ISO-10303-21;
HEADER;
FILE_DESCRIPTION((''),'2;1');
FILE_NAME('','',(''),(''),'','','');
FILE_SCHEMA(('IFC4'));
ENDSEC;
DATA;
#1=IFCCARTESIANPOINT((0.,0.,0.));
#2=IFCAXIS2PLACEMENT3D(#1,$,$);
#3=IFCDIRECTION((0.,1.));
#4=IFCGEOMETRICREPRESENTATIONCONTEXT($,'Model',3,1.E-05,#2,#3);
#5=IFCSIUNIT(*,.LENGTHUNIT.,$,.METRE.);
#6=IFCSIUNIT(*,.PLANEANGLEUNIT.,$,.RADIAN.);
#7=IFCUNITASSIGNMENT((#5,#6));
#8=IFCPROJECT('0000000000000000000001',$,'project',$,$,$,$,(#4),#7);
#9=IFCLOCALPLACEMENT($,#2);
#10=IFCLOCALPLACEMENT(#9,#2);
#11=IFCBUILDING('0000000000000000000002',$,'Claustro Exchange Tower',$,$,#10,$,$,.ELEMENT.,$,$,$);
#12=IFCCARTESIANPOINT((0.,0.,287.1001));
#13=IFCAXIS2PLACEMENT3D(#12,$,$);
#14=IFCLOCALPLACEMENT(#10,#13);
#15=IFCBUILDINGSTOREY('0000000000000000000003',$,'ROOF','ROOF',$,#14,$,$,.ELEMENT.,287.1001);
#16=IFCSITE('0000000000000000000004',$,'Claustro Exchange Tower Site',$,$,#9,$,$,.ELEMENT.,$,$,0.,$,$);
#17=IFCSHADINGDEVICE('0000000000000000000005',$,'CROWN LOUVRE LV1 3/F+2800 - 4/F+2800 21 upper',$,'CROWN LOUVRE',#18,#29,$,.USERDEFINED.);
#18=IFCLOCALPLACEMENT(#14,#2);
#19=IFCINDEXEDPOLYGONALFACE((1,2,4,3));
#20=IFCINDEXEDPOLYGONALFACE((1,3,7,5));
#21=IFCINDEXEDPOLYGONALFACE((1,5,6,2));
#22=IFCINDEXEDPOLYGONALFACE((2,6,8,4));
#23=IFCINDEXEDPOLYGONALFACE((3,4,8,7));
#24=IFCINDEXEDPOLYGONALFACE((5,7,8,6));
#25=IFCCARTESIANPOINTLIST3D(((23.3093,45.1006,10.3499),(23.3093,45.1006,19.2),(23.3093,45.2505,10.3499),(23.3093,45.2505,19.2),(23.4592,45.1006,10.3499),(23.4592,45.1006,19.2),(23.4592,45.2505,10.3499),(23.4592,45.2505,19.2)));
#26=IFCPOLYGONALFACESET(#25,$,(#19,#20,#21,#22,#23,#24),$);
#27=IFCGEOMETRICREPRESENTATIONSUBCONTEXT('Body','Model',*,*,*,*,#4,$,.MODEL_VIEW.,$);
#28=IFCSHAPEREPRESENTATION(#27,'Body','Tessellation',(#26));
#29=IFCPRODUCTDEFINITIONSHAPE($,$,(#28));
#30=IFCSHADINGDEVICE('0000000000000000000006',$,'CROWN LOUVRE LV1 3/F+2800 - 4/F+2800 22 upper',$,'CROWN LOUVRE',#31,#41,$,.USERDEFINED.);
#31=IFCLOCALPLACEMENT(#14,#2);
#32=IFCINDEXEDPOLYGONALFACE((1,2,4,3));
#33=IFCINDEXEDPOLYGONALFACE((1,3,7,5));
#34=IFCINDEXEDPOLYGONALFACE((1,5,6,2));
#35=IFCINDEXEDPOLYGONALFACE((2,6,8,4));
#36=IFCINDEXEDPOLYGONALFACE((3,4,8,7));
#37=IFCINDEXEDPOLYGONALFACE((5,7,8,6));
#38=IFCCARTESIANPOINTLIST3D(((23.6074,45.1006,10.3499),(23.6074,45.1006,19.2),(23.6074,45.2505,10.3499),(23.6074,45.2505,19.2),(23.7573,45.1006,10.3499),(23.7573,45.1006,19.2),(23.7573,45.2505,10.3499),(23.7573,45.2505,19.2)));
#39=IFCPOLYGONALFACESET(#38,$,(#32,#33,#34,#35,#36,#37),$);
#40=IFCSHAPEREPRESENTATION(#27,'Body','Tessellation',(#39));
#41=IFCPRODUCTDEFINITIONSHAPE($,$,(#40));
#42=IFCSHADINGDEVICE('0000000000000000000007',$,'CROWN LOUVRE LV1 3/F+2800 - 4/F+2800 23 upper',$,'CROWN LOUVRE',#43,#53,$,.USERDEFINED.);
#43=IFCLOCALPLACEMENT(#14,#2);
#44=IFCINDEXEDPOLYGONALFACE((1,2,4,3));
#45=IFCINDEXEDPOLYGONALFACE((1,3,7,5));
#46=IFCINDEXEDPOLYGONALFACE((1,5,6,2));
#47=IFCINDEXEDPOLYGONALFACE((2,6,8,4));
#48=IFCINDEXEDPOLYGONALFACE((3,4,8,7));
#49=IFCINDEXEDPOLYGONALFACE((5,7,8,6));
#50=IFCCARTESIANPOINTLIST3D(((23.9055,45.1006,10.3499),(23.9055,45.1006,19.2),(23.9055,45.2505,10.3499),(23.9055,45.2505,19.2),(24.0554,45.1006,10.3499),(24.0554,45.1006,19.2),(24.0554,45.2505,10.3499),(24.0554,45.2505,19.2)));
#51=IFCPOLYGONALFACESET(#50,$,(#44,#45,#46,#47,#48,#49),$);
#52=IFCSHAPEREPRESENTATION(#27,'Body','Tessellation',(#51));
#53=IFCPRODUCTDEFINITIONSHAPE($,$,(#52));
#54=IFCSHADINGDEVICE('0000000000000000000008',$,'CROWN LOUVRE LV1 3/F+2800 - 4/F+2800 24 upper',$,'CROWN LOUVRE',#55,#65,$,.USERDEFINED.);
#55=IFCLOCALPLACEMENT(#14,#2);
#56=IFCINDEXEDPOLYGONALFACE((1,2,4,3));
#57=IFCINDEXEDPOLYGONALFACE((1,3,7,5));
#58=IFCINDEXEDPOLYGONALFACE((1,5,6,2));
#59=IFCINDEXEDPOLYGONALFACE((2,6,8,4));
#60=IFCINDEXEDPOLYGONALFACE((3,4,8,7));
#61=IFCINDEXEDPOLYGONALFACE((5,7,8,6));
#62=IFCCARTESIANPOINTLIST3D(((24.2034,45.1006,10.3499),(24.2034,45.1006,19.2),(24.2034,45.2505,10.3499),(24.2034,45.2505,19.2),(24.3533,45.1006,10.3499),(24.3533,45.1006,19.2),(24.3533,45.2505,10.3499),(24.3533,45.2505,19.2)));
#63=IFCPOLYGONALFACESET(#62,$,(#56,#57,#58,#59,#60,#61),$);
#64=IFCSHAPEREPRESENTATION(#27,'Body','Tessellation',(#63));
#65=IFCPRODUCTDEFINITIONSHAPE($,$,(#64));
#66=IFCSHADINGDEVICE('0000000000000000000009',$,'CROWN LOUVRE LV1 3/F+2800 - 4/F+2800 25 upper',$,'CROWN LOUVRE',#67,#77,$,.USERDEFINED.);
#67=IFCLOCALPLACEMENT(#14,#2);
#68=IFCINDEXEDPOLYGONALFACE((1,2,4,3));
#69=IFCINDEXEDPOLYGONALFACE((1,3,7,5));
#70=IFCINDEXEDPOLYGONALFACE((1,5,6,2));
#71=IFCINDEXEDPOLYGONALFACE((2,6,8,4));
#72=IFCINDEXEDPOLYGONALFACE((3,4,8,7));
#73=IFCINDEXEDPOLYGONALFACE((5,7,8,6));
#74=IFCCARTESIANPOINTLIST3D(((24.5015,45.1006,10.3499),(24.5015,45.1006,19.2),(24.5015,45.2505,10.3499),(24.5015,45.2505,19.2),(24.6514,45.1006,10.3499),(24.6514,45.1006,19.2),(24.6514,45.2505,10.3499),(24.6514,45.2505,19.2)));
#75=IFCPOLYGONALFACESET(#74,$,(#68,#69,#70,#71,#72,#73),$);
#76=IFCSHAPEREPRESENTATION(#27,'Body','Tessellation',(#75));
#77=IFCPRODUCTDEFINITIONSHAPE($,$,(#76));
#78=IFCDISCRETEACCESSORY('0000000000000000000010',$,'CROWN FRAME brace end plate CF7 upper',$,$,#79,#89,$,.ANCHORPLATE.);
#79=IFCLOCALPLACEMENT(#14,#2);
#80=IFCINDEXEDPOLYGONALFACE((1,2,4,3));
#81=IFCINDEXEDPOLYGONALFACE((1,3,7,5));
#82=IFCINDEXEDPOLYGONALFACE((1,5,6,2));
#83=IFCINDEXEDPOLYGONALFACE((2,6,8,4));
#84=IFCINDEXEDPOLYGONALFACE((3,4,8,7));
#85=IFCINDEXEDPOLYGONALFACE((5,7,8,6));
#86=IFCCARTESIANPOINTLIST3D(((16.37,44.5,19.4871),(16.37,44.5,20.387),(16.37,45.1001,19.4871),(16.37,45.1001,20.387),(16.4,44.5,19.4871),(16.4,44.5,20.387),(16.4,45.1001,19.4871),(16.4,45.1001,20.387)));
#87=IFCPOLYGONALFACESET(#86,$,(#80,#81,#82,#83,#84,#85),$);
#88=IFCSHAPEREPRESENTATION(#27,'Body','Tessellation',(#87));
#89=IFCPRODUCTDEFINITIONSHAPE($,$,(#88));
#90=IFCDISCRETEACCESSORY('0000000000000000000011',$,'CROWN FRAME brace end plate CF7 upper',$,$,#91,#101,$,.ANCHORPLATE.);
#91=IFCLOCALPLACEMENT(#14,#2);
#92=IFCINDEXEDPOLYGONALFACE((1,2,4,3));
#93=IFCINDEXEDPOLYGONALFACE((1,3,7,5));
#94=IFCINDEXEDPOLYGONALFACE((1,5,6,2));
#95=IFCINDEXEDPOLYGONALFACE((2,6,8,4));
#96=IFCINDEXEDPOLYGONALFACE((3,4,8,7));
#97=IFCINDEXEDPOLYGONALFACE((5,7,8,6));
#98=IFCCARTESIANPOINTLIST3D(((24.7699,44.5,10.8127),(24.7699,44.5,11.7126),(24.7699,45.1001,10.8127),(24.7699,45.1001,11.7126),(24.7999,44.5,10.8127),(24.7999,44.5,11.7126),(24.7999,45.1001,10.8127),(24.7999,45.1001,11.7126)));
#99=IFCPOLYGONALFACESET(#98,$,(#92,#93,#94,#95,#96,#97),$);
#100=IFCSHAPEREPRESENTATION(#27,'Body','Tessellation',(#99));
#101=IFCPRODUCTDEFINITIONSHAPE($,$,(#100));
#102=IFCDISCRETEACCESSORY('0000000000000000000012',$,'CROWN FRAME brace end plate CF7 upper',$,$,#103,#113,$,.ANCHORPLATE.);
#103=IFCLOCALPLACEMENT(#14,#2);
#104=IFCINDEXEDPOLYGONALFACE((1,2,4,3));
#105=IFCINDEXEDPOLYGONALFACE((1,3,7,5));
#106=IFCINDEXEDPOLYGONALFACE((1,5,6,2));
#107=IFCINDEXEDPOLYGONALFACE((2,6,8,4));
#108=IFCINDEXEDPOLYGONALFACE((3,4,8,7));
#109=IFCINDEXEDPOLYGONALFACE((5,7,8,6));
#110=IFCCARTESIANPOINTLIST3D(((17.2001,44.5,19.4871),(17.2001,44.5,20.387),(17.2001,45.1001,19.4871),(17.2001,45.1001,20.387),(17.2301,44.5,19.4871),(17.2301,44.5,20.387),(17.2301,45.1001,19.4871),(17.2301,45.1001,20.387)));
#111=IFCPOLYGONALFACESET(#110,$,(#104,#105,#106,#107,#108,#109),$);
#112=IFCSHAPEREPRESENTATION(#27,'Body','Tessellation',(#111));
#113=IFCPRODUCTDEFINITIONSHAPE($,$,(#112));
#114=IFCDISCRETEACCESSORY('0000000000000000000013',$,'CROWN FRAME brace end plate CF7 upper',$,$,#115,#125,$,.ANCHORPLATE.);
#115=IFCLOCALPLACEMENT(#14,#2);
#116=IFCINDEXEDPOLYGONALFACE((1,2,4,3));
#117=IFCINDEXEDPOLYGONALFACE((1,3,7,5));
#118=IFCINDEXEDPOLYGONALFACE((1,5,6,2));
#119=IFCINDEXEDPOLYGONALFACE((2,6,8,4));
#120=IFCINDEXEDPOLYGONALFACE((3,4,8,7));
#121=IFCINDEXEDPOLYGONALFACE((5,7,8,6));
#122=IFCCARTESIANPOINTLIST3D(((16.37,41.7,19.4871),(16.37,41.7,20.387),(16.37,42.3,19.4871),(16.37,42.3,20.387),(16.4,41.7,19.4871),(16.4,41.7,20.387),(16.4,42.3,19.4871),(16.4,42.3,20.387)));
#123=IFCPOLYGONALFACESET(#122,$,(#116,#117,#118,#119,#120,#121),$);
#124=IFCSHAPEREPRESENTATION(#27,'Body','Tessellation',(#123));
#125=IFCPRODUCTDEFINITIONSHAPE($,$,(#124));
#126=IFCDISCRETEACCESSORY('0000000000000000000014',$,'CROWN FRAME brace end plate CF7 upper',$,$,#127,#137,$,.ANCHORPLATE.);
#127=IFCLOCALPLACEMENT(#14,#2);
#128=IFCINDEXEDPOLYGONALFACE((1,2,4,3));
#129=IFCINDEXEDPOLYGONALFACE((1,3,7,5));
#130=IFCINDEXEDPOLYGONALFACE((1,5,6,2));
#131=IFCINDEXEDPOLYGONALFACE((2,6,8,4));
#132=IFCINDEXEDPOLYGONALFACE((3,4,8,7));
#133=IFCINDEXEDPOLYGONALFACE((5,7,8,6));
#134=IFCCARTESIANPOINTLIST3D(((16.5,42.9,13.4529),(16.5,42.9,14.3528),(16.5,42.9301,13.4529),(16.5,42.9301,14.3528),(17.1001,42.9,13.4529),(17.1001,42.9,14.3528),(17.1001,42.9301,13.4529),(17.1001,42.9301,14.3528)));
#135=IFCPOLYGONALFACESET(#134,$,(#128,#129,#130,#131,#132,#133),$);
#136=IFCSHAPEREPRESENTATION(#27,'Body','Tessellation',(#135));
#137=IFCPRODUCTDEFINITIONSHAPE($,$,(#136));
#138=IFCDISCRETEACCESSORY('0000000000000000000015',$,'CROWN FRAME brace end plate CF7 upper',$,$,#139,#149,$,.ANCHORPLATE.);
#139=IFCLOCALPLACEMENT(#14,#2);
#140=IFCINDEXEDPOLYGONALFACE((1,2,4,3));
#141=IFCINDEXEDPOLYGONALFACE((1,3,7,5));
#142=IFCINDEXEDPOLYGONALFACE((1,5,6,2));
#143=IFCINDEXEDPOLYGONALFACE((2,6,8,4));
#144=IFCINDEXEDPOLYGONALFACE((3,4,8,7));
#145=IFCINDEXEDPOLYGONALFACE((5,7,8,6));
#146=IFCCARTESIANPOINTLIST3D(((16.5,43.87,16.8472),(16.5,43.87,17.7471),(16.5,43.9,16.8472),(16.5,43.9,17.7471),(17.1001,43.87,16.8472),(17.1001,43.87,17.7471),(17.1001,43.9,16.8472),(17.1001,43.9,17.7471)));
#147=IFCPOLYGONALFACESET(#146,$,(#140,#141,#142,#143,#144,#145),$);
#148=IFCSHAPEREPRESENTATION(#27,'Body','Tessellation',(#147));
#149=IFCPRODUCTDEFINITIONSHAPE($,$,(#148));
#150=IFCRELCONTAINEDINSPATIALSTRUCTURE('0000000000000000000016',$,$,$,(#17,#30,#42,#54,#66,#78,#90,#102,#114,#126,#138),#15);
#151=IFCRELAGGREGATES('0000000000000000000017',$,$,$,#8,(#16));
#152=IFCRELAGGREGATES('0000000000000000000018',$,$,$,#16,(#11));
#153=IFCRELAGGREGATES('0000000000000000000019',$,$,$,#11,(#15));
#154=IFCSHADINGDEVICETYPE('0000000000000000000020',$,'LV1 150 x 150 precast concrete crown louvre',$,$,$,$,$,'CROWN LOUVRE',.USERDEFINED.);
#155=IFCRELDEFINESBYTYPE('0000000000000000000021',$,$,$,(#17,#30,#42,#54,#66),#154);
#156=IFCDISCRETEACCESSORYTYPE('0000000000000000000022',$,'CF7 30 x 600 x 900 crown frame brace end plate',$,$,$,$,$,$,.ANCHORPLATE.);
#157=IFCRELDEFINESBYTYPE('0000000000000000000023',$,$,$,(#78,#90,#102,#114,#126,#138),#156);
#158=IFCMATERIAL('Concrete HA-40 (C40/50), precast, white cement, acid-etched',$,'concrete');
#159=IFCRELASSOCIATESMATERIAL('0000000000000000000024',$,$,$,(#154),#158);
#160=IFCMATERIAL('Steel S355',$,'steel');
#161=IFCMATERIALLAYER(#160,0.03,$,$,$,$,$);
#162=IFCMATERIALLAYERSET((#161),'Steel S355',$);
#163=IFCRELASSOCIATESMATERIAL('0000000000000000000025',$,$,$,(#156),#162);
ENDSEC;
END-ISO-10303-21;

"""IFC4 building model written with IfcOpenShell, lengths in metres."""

from ifc_helpers import new_model, si_unit, direction, frame, origin, origin_2d, place, context, subcontext, project, spatial, rectangle, extrude, material, layer, layer_set, type_object, element, save


model = new_model("IFC4")

# Units and contexts
model_context = context("Model", 3, precision=1e-05, world=origin(), true_north=direction((0.0, 1.0)))
body_context = subcontext(model_context, "Body", "Model", "MODEL_VIEW")
ifc_project = project(units=[si_unit("LENGTHUNIT", "METRE"), si_unit("PLANEANGLEUNIT", "RADIAN")], contexts=[model_context])

# Site, building, storey
site_placement = place(None, origin())
site = spatial("IfcSite", under=ifc_project, at=site_placement, Name="Claustro Exchange Tower Site", CompositionType="ELEMENT", RefElevation=0.0)
building_placement = place(site_placement, origin())
building = spatial("IfcBuilding", under=site, at=building_placement, Name="Claustro Exchange Tower", CompositionType="ELEMENT")
storey_placement = place(building_placement, frame((0.0, 0.0, 287.1001)))
storey = spatial("IfcBuildingStorey", under=building, at=storey_placement, Name="ROOF", Description="ROOF", CompositionType="ELEMENT", Elevation=287.1001)

# Shading devices
ifc_material_1 = material(Name="Concrete HA-40 (C40/50), precast, white cement, acid-etched", Category="concrete")
shading_device_type = type_object("IfcShadingDeviceType", Name="LV1 150 x 150 precast concrete crown louvre", ElementType="CROWN LOUVRE", PredefinedType="USERDEFINED", material=ifc_material_1)
for number, where, z_axis, x_axis, name in (
    (1, (23.3843, 45.1755, 10.3499), (0.0, 0.0, 1.0), (1.0, 0.0, 0.0), "CROWN LOUVRE LV1 3/F+2800 - 4/F+2800 21 upper"),
    (2, (23.6824, 45.1755, 10.3499), (0.0, 0.0, 1.0), (1.0, 0.0, 0.0), "CROWN LOUVRE LV1 3/F+2800 - 4/F+2800 22 upper"),
    (3, (23.9805, 45.1755, 10.3499), (0.0, 0.0, 1.0), (1.0, 0.0, 0.0), "CROWN LOUVRE LV1 3/F+2800 - 4/F+2800 23 upper"),
    (4, (24.2783, 45.1755, 10.3499), (0.0, 0.0, 1.0), (1.0, 0.0, 0.0), "CROWN LOUVRE LV1 3/F+2800 - 4/F+2800 24 upper"),
    (5, (24.5764, 45.1755, 10.3499), (0.0, 0.0, 1.0), (1.0, 0.0, 0.0), "CROWN LOUVRE LV1 3/F+2800 - 4/F+2800 25 upper"),
):
    element("IfcShadingDevice", number, at=place(storey_placement, frame(where, z_axis=z_axis, x_axis=x_axis)), inside=storey, type_object=shading_device_type, Name=name, ObjectType="CROWN LOUVRE", PredefinedType="USERDEFINED", context=body_context, shape_type="SweptSolid", body=[
        extrude(rectangle(XDim=0.1499, YDim=0.1499, at=origin_2d()), origin(), (0.0, 0.0, 1.0), 8.8501),
    ])

# Discrete accessories
ifc_material_2 = material(Name="Steel S355", Category="steel")
ifc_layer_1 = layer(ifc_material_2, 0.03)
ifc_layer_set_1 = layer_set([ifc_layer_1], Name="Steel S355")
discrete_accessory_type = type_object("IfcDiscreteAccessoryType", Name="CF7 30 x 600 x 900 crown frame brace end plate", PredefinedType="ANCHORPLATE", material=ifc_layer_set_1)
for number, where, z_axis, x_axis, name in (
    (6, (16.385, 44.8, 19.4871), (0.0, 0.0, 1.0), (1.0, 0.0, 0.0), "CROWN FRAME brace end plate CF7 upper"),
    (7, (24.7849, 44.8, 10.8127), (0.0, 0.0, 1.0), (-1.0, 0.0, 0.0), "CROWN FRAME brace end plate CF7 upper"),
    (8, (17.2151, 44.8, 19.4871), (0.0, 0.0, 1.0), (-1.0, 0.0, 0.0), "CROWN FRAME brace end plate CF7 upper"),
    (9, (16.385, 42.0, 19.4871), (0.0, 0.0, 1.0), (1.0, 0.0, 0.0), "CROWN FRAME brace end plate CF7 upper"),
    (10, (16.8, 42.915, 13.4529), (0.0, 0.0, 1.0), (0.0, 1.0, 0.0), "CROWN FRAME brace end plate CF7 upper"),
    (11, (16.8, 43.885, 16.8472), (0.0, 0.0, 1.0), (0.0, 1.0, 0.0), "CROWN FRAME brace end plate CF7 upper"),
):
    element("IfcDiscreteAccessory", number, at=place(storey_placement, frame(where, z_axis=z_axis, x_axis=x_axis)), inside=storey, type_object=discrete_accessory_type, Name=name, PredefinedType="ANCHORPLATE", context=body_context, shape_type="SweptSolid", body=[
        extrude(rectangle(XDim=0.03, YDim=0.6001, at=origin_2d()), origin(), (0.0, 0.0, 1.0), 0.8999),
    ])

save(model, "model.ifc")
